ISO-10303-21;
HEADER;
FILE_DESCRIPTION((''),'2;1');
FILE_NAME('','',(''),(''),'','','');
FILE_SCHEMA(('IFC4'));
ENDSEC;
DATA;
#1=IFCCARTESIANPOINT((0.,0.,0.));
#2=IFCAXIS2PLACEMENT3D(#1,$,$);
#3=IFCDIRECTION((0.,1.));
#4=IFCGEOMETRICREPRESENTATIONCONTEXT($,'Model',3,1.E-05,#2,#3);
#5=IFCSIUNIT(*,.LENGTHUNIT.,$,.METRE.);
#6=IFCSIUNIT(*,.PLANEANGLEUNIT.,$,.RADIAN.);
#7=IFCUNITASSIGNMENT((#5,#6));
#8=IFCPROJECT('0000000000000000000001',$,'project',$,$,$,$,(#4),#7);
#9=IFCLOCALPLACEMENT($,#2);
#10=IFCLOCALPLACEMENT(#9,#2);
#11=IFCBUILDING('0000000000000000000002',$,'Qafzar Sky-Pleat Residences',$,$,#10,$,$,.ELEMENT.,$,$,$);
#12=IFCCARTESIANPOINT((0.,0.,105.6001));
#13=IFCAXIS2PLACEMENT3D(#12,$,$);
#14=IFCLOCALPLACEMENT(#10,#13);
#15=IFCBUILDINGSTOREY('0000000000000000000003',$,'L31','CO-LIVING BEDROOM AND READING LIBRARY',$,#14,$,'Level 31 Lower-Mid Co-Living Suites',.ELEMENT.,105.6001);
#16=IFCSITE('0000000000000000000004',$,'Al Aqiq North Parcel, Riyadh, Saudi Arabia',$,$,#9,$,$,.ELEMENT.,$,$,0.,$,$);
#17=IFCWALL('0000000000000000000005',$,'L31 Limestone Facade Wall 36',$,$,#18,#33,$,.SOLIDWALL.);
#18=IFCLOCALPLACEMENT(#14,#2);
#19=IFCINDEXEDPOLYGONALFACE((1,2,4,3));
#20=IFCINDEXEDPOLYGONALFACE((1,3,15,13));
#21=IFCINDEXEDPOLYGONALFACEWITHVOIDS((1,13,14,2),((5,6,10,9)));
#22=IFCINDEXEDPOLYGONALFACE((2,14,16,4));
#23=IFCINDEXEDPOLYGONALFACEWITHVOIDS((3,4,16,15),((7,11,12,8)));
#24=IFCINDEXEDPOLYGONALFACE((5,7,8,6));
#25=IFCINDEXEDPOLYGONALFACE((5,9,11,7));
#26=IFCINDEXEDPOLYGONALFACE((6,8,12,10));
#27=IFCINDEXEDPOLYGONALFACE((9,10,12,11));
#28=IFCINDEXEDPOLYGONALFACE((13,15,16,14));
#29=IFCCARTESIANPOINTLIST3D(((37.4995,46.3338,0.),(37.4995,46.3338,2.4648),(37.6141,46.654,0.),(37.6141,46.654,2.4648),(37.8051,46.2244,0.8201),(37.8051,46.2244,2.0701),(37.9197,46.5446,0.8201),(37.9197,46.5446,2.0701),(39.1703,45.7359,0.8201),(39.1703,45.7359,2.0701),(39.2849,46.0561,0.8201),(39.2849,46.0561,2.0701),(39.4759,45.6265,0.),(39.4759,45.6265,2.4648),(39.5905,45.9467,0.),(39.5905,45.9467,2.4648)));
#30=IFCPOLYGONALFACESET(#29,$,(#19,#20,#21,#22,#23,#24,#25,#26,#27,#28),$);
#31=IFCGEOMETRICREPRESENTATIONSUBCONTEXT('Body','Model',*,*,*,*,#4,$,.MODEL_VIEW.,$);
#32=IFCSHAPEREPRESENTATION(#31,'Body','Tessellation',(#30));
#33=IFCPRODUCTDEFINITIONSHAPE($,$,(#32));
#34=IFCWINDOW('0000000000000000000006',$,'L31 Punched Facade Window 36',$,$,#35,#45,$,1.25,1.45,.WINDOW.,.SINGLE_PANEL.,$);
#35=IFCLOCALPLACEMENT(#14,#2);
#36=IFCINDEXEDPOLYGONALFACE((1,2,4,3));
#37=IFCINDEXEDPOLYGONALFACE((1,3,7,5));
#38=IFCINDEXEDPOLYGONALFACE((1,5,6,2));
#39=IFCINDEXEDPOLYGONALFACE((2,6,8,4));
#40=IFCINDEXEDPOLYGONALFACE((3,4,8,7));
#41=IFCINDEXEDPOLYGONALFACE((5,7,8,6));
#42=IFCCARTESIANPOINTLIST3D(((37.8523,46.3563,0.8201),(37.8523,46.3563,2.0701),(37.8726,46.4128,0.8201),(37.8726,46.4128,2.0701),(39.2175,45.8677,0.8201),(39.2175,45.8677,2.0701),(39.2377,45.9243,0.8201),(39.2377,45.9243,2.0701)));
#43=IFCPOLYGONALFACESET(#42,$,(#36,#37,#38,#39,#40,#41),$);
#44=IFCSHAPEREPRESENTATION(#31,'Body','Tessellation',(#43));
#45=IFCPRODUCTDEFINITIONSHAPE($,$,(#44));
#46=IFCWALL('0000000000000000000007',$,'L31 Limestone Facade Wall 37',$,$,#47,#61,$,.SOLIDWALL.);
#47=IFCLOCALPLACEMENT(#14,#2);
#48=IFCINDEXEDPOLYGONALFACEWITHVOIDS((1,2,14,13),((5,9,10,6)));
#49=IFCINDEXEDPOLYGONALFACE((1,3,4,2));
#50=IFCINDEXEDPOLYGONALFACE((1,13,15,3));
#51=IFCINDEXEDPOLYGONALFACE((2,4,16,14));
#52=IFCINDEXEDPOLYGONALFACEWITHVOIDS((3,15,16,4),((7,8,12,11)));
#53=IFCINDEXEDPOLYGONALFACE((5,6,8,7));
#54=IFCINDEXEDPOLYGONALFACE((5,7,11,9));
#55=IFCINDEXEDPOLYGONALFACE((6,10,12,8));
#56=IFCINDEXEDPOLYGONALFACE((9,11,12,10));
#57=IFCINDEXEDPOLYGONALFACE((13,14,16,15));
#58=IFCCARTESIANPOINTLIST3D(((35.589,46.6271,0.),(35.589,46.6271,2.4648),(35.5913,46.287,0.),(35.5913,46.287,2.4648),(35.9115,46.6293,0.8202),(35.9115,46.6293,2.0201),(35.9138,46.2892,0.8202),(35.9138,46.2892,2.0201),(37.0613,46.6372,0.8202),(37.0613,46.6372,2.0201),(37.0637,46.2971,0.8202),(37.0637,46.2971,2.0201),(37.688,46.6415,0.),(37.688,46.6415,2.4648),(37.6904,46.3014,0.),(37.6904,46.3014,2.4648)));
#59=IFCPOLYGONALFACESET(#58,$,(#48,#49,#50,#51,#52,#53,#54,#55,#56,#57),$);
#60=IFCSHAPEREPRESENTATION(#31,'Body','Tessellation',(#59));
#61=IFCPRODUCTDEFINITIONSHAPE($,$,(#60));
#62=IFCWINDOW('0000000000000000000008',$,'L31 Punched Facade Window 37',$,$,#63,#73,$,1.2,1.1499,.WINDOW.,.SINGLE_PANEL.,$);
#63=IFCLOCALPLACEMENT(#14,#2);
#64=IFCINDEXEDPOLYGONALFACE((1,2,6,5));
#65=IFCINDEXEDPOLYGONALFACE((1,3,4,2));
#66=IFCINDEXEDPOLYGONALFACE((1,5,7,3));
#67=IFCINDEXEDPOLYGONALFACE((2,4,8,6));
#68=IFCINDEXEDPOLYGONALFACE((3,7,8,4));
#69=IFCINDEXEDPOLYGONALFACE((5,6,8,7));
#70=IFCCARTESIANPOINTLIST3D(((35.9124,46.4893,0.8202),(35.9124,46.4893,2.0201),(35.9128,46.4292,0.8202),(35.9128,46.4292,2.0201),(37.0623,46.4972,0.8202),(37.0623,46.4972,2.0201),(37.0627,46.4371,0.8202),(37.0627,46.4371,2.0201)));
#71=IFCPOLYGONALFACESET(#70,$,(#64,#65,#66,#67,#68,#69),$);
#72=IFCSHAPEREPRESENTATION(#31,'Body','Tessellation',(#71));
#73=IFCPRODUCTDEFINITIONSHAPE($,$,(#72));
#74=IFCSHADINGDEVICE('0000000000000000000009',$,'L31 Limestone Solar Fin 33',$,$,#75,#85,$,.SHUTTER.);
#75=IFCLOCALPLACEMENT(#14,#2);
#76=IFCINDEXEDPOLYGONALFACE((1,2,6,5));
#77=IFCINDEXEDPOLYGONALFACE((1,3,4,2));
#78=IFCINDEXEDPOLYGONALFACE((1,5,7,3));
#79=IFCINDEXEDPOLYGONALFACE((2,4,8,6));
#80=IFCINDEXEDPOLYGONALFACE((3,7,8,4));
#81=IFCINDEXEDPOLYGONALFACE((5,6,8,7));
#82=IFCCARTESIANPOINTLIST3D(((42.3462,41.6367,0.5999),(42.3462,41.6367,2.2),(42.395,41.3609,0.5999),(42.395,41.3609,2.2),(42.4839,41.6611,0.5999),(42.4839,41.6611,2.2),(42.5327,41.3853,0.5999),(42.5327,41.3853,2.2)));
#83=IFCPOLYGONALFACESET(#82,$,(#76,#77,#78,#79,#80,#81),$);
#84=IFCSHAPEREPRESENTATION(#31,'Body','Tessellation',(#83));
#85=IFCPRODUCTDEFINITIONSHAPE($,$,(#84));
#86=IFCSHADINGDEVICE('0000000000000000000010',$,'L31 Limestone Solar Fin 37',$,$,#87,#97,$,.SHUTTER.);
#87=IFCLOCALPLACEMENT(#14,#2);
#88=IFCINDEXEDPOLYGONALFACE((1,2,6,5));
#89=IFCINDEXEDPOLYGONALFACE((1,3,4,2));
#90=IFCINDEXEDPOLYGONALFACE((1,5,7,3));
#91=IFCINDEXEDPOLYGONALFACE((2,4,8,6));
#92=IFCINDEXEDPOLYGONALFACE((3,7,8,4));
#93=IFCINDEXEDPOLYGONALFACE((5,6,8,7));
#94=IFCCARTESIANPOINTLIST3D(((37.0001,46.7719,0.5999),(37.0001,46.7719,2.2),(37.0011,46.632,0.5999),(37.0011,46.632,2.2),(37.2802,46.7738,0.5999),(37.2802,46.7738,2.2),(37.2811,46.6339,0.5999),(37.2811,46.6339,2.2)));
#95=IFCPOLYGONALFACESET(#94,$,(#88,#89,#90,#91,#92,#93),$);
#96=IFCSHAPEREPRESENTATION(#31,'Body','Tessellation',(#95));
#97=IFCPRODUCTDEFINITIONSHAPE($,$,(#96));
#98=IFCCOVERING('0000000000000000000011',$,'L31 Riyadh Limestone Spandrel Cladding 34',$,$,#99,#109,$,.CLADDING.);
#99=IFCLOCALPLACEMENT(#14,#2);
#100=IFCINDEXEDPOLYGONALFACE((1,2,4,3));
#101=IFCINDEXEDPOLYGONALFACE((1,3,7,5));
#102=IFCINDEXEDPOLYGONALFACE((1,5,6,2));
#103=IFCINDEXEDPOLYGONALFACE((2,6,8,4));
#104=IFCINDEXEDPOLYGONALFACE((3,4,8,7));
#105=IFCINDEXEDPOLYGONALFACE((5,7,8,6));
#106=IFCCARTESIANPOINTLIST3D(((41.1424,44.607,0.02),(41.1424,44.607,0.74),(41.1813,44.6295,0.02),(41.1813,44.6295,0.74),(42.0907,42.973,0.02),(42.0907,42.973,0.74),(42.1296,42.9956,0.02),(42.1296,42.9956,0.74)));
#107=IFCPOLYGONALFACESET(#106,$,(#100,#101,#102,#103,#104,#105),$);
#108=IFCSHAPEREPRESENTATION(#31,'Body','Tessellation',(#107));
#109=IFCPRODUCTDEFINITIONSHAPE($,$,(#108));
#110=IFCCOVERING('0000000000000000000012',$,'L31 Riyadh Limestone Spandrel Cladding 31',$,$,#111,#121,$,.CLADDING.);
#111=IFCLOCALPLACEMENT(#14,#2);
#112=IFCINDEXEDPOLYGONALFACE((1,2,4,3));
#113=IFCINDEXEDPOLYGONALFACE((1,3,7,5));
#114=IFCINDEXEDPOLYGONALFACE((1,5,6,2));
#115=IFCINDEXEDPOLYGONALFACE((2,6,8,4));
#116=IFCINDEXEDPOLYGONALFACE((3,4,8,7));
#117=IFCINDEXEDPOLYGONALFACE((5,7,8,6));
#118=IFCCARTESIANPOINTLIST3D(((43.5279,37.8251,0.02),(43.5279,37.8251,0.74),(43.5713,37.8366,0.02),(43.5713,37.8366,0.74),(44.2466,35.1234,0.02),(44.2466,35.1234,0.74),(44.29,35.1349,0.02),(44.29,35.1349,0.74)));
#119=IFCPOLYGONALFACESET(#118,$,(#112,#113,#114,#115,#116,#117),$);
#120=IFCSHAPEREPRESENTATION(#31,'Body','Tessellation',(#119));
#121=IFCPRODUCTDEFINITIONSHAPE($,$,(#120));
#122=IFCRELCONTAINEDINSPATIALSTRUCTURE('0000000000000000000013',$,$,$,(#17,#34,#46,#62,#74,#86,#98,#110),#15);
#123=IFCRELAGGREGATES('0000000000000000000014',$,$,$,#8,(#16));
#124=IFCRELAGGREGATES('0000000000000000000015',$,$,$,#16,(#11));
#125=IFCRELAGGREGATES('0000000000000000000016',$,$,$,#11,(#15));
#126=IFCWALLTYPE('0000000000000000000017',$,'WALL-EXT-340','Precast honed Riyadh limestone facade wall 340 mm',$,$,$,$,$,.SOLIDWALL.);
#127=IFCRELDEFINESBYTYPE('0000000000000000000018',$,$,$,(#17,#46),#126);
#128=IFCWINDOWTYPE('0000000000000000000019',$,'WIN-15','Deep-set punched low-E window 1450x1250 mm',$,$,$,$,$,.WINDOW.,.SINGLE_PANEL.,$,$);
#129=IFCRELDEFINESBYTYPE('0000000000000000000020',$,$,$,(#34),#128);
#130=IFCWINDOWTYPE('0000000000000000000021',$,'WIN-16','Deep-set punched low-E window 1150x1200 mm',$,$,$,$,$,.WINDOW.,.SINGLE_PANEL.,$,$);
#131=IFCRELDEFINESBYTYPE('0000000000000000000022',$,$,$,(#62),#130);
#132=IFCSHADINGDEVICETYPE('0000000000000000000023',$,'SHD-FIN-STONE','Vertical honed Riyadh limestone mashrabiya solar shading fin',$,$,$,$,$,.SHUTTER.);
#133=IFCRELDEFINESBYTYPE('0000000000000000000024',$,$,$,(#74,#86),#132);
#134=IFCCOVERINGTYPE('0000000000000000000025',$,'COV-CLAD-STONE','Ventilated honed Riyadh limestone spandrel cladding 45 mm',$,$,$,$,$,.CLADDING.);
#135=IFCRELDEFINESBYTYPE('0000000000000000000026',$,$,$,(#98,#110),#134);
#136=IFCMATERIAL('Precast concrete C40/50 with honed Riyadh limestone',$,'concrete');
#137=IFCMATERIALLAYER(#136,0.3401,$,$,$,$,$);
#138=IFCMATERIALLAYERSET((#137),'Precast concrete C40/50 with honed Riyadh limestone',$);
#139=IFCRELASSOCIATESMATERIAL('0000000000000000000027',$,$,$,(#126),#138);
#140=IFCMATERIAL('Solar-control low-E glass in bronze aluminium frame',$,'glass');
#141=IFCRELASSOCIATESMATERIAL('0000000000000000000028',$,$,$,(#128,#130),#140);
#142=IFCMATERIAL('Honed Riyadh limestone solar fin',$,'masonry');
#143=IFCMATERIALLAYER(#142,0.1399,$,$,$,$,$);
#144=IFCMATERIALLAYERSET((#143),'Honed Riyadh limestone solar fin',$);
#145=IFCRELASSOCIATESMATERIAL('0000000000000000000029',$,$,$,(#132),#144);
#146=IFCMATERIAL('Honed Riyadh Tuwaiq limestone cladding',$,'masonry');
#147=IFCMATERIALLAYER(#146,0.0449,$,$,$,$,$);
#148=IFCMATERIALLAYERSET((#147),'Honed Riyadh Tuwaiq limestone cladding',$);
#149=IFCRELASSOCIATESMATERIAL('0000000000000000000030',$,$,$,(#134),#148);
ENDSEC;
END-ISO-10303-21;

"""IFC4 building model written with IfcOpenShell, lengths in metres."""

from ifc_helpers import new_model, si_unit, direction, frame, frame_2d, origin, origin_2d, place, context, subcontext, project, spatial, rectangle, extrude, source, transform, mapped, material, layer, layer_set, type_object, element, fill, save


model = new_model("IFC4")

# Units and contexts
model_context = context("Model", 3, precision=1e-05, world=origin(), true_north=direction((0.0, 1.0)))
body_context = subcontext(model_context, "Body", "Model", "MODEL_VIEW")
ifc_project = project(units=[si_unit("LENGTHUNIT", "METRE"), si_unit("PLANEANGLEUNIT", "RADIAN")], contexts=[model_context])

# Site, building, storey
site_placement = place(None, origin())
site = spatial("IfcSite", under=ifc_project, at=site_placement, Name="Al Aqiq North Parcel, Riyadh, Saudi Arabia", CompositionType="ELEMENT", RefElevation=0.0)
building_placement = place(site_placement, origin())
building = spatial("IfcBuilding", under=site, at=building_placement, Name="Qafzar Sky-Pleat Residences", CompositionType="ELEMENT")
storey_placement = place(building_placement, frame((0.0, 0.0, 105.6001)))
storey = spatial("IfcBuildingStorey", under=building, at=storey_placement, Name="L31", Description="CO-LIVING BEDROOM AND READING LIBRARY", LongName="Level 31 Lower-Mid Co-Living Suites", CompositionType="ELEMENT", Elevation=105.6001)

# Walls, openings, windows
ifc_material_1 = material(Name="Precast concrete C40/50 with honed Riyadh limestone", Category="concrete")
ifc_layer_1 = layer(ifc_material_1, 0.3401)
ifc_layer_set_1 = layer_set([ifc_layer_1], Name="Precast concrete C40/50 with honed Riyadh limestone")
wall_type_1 = type_object("IfcWallType", Name="WALL-EXT-340", Description="Precast honed Riyadh limestone facade wall 340 mm", PredefinedType="SOLIDWALL", material=ifc_layer_set_1)
ifc_material_2 = material(Name="Solar-control low-E glass in bronze aluminium frame", Category="glass")
window_type_1 = type_object("IfcWindowType", Name="WIN-15", Description="Deep-set punched low-E window 1450x1250 mm", PartitioningType="SINGLE_PANEL", PredefinedType="WINDOW", material=ifc_material_2)
shared_shape_1 = source(origin(), body_context, "Body", "SweptSolid", [
    extrude(rectangle(XDim=1.45, YDim=1.25, at=frame_2d((0.7251, 0.625))), frame((0.0, 0.03, 0.0), z_axis=(0.0, -1.0, 0.0), x_axis=(1.0, 0.0, 0.0)), (0.0, 0.0, 1.0), 0.0601),
])
wall_1_placement = place(storey_placement, frame((39.5332, 45.7866, 0.0), z_axis=(0.0, 0.0, 1.0), x_axis=(-0.941523, 0.336948, 0.0)))
wall_1 = element("IfcWall", 1, at=wall_1_placement, inside=storey, type_object=wall_type_1, Name="L31 Limestone Facade Wall 36", PredefinedType="SOLIDWALL", context=body_context, shape_type="SweptSolid", body=[
    extrude(rectangle(XDim=2.0991, YDim=0.3401, at=frame_2d((1.0496, 0.0))), origin(), (0.0, 0.0, 1.0), 2.4648),
])
opening_1_placement = place(wall_1_placement, frame((0.3245, 0.0, 0.8201)))
opening_1 = element("IfcOpeningElement", 2, at=opening_1_placement, cuts=wall_1, PredefinedType="OPENING", context=body_context, shape_type="SweptSolid", body=[
    extrude(rectangle(XDim=1.45, YDim=1.25, at=frame_2d((0.7251, 0.625))), frame((0.0, 0.1802, 0.0), z_axis=(0.0, -1.0, 0.0), x_axis=(1.0, 0.0, 0.0)), (0.0, 0.0, 1.0), 0.3601),
])
window_1_placement = place(opening_1_placement, origin())
window_1 = element("IfcWindow", 3, at=window_1_placement, inside=storey, type_object=window_type_1, Name="L31 Punched Facade Window 36", OverallHeight=1.25, OverallWidth=1.45, PartitioningType="SINGLE_PANEL", PredefinedType="WINDOW", context=body_context, shape_type="MappedRepresentation", body=[
    mapped(shared_shape_1, transform((0.0, 0.0, 0.0), x_axis=(1.0, 0.0, 0.0), y_axis=(0.0, 1.0, 0.0), z_axis=(0.0, 0.0, 1.0), scale=1.0)),
])
fill(opening_1, window_1)
wall_2_placement = place(storey_placement, frame((37.6892, 46.4714, 0.0), z_axis=(0.0, 0.0, 1.0), x_axis=(-0.999976, -0.006862, 0.0)))
wall_2 = element("IfcWall", 4, at=wall_2_placement, inside=storey, type_object=wall_type_1, Name="L31 Limestone Facade Wall 37", PredefinedType="SOLIDWALL", context=body_context, shape_type="SweptSolid", body=[
    extrude(rectangle(XDim=2.0991, YDim=0.3401, at=frame_2d((1.0496, 0.0))), origin(), (0.0, 0.0, 1.0), 2.4648),
])
opening_2_placement = place(wall_2_placement, frame((0.6267, 0.0, 0.8201)))
opening_2 = element("IfcOpeningElement", 5, at=opening_2_placement, cuts=wall_2, PredefinedType="OPENING", context=body_context, shape_type="SweptSolid", body=[
    extrude(rectangle(XDim=1.1499, YDim=1.2, at=frame_2d((0.575, 0.6001))), frame((0.0, 0.1802, 0.0), z_axis=(0.0, -1.0, 0.0), x_axis=(1.0, 0.0, 0.0)), (0.0, 0.0, 1.0), 0.3601),
])
window_type_2 = type_object("IfcWindowType", Name="WIN-16", Description="Deep-set punched low-E window 1150x1200 mm", PartitioningType="SINGLE_PANEL", PredefinedType="WINDOW", material=ifc_material_2)
shared_shape_2 = source(origin(), body_context, "Body", "SweptSolid", [
    extrude(rectangle(XDim=1.1499, YDim=1.2, at=frame_2d((0.575, 0.6001))), frame((0.0, 0.03, 0.0), z_axis=(0.0, -1.0, 0.0), x_axis=(1.0, 0.0, 0.0)), (0.0, 0.0, 1.0), 0.0601),
])
window_2_placement = place(opening_2_placement, origin())
window_2 = element("IfcWindow", 6, at=window_2_placement, inside=storey, type_object=window_type_2, Name="L31 Punched Facade Window 37", OverallHeight=1.2, OverallWidth=1.1499, PartitioningType="SINGLE_PANEL", PredefinedType="WINDOW", context=body_context, shape_type="MappedRepresentation", body=[
    mapped(shared_shape_2, transform((0.0, 0.0, 0.0), x_axis=(1.0, 0.0, 0.0), y_axis=(0.0, 1.0, 0.0), z_axis=(0.0, 0.0, 1.0), scale=1.0)),
])
fill(opening_2, window_2)

# Shading devices
ifc_material_3 = material(Name="Honed Riyadh limestone solar fin", Category="masonry")
ifc_layer_2 = layer(ifc_material_3, 0.1399)
ifc_layer_set_2 = layer_set([ifc_layer_2], Name="Honed Riyadh limestone solar fin")
shading_device_type = type_object("IfcShadingDeviceType", Name="SHD-FIN-STONE", Description="Vertical honed Riyadh limestone mashrabiya solar shading fin", PredefinedType="SHUTTER", material=ifc_layer_set_2)
shared_shape_3 = source(origin(), body_context, "Body", "SweptSolid", [
    extrude(rectangle(XDim=0.1399, YDim=0.28, at=origin_2d()), origin(), (0.0, 0.0, 1.0), 1.6001),
])
for number, where, z_axis, x_axis, name in (
    (7, (42.4395, 41.511, 0.5999), (0.0, 0.0, 1.0), (0.984676, 0.174394, 0.0), "L31 Limestone Solar Fin 33"),
    (8, (37.1406, 46.7029, 0.5999), (0.0, 0.0, 1.0), (-0.006822, 0.999977, 0.0), "L31 Limestone Solar Fin 37"),
):
    element("IfcShadingDevice", number, at=place(storey_placement, frame(where, z_axis=z_axis, x_axis=x_axis)), inside=storey, type_object=shading_device_type, Name=name, PredefinedType="SHUTTER", context=body_context, shape_type="MappedRepresentation", body=[
        mapped(shared_shape_3, transform((0.0, 0.0, 0.0), x_axis=(1.0, 0.0, 0.0), y_axis=(0.0, 1.0, 0.0), z_axis=(0.0, 0.0, 1.0), scale=1.0)),
    ])

# Coverings
ifc_material_4 = material(Name="Honed Riyadh Tuwaiq limestone cladding", Category="masonry")
ifc_layer_3 = layer(ifc_material_4, 0.0449)
ifc_layer_set_3 = layer_set([ifc_layer_3], Name="Honed Riyadh Tuwaiq limestone cladding")
covering_type = type_object("IfcCoveringType", Name="COV-CLAD-STONE", Description="Ventilated honed Riyadh limestone spandrel cladding 45 mm", PredefinedType="CLADDING", material=ifc_layer_set_3)
shared_shape_4 = source(origin(), body_context, "Body", "SweptSolid", [
    extrude(rectangle(XDim=1.8892, YDim=0.0449, at=origin_2d()), origin(), (0.0, 0.0, 1.0), 0.72),
])
covering_1_placement = place(storey_placement, frame((41.636, 43.8013, 0.02), z_axis=(0.0, 0.0, 1.0), x_axis=(-0.501956, 0.864893, 0.0)))
element("IfcCovering", 9, at=covering_1_placement, inside=storey, type_object=covering_type, Name="L31 Riyadh Limestone Spandrel Cladding 34", PredefinedType="CLADDING", context=body_context, shape_type="MappedRepresentation", body=[
    mapped(shared_shape_4, transform((0.0, 0.0, 0.0), x_axis=(1.0, 0.0, 0.0), y_axis=(0.0, 1.0, 0.0), z_axis=(0.0, 0.0, 1.0), scale=1.0)),
])
shared_shape_5 = source(origin(), body_context, "Body", "SweptSolid", [
    extrude(rectangle(XDim=2.7957, YDim=0.0449, at=origin_2d()), origin(), (0.0, 0.0, 1.0), 0.72),
])
covering_2_placement = place(storey_placement, frame((43.9089, 36.48, 0.02), z_axis=(0.0, 0.0, 1.0), x_axis=(-0.257082, 0.96639, 0.0)))
element("IfcCovering", 10, at=covering_2_placement, inside=storey, type_object=covering_type, Name="L31 Riyadh Limestone Spandrel Cladding 31", PredefinedType="CLADDING", context=body_context, shape_type="MappedRepresentation", body=[
    mapped(shared_shape_5, transform((0.0, 0.0, 0.0), x_axis=(1.0, 0.0, 0.0), y_axis=(0.0, 1.0, 0.0), z_axis=(0.0, 0.0, 1.0), scale=1.0)),
])

save(model, "model.ifc")
